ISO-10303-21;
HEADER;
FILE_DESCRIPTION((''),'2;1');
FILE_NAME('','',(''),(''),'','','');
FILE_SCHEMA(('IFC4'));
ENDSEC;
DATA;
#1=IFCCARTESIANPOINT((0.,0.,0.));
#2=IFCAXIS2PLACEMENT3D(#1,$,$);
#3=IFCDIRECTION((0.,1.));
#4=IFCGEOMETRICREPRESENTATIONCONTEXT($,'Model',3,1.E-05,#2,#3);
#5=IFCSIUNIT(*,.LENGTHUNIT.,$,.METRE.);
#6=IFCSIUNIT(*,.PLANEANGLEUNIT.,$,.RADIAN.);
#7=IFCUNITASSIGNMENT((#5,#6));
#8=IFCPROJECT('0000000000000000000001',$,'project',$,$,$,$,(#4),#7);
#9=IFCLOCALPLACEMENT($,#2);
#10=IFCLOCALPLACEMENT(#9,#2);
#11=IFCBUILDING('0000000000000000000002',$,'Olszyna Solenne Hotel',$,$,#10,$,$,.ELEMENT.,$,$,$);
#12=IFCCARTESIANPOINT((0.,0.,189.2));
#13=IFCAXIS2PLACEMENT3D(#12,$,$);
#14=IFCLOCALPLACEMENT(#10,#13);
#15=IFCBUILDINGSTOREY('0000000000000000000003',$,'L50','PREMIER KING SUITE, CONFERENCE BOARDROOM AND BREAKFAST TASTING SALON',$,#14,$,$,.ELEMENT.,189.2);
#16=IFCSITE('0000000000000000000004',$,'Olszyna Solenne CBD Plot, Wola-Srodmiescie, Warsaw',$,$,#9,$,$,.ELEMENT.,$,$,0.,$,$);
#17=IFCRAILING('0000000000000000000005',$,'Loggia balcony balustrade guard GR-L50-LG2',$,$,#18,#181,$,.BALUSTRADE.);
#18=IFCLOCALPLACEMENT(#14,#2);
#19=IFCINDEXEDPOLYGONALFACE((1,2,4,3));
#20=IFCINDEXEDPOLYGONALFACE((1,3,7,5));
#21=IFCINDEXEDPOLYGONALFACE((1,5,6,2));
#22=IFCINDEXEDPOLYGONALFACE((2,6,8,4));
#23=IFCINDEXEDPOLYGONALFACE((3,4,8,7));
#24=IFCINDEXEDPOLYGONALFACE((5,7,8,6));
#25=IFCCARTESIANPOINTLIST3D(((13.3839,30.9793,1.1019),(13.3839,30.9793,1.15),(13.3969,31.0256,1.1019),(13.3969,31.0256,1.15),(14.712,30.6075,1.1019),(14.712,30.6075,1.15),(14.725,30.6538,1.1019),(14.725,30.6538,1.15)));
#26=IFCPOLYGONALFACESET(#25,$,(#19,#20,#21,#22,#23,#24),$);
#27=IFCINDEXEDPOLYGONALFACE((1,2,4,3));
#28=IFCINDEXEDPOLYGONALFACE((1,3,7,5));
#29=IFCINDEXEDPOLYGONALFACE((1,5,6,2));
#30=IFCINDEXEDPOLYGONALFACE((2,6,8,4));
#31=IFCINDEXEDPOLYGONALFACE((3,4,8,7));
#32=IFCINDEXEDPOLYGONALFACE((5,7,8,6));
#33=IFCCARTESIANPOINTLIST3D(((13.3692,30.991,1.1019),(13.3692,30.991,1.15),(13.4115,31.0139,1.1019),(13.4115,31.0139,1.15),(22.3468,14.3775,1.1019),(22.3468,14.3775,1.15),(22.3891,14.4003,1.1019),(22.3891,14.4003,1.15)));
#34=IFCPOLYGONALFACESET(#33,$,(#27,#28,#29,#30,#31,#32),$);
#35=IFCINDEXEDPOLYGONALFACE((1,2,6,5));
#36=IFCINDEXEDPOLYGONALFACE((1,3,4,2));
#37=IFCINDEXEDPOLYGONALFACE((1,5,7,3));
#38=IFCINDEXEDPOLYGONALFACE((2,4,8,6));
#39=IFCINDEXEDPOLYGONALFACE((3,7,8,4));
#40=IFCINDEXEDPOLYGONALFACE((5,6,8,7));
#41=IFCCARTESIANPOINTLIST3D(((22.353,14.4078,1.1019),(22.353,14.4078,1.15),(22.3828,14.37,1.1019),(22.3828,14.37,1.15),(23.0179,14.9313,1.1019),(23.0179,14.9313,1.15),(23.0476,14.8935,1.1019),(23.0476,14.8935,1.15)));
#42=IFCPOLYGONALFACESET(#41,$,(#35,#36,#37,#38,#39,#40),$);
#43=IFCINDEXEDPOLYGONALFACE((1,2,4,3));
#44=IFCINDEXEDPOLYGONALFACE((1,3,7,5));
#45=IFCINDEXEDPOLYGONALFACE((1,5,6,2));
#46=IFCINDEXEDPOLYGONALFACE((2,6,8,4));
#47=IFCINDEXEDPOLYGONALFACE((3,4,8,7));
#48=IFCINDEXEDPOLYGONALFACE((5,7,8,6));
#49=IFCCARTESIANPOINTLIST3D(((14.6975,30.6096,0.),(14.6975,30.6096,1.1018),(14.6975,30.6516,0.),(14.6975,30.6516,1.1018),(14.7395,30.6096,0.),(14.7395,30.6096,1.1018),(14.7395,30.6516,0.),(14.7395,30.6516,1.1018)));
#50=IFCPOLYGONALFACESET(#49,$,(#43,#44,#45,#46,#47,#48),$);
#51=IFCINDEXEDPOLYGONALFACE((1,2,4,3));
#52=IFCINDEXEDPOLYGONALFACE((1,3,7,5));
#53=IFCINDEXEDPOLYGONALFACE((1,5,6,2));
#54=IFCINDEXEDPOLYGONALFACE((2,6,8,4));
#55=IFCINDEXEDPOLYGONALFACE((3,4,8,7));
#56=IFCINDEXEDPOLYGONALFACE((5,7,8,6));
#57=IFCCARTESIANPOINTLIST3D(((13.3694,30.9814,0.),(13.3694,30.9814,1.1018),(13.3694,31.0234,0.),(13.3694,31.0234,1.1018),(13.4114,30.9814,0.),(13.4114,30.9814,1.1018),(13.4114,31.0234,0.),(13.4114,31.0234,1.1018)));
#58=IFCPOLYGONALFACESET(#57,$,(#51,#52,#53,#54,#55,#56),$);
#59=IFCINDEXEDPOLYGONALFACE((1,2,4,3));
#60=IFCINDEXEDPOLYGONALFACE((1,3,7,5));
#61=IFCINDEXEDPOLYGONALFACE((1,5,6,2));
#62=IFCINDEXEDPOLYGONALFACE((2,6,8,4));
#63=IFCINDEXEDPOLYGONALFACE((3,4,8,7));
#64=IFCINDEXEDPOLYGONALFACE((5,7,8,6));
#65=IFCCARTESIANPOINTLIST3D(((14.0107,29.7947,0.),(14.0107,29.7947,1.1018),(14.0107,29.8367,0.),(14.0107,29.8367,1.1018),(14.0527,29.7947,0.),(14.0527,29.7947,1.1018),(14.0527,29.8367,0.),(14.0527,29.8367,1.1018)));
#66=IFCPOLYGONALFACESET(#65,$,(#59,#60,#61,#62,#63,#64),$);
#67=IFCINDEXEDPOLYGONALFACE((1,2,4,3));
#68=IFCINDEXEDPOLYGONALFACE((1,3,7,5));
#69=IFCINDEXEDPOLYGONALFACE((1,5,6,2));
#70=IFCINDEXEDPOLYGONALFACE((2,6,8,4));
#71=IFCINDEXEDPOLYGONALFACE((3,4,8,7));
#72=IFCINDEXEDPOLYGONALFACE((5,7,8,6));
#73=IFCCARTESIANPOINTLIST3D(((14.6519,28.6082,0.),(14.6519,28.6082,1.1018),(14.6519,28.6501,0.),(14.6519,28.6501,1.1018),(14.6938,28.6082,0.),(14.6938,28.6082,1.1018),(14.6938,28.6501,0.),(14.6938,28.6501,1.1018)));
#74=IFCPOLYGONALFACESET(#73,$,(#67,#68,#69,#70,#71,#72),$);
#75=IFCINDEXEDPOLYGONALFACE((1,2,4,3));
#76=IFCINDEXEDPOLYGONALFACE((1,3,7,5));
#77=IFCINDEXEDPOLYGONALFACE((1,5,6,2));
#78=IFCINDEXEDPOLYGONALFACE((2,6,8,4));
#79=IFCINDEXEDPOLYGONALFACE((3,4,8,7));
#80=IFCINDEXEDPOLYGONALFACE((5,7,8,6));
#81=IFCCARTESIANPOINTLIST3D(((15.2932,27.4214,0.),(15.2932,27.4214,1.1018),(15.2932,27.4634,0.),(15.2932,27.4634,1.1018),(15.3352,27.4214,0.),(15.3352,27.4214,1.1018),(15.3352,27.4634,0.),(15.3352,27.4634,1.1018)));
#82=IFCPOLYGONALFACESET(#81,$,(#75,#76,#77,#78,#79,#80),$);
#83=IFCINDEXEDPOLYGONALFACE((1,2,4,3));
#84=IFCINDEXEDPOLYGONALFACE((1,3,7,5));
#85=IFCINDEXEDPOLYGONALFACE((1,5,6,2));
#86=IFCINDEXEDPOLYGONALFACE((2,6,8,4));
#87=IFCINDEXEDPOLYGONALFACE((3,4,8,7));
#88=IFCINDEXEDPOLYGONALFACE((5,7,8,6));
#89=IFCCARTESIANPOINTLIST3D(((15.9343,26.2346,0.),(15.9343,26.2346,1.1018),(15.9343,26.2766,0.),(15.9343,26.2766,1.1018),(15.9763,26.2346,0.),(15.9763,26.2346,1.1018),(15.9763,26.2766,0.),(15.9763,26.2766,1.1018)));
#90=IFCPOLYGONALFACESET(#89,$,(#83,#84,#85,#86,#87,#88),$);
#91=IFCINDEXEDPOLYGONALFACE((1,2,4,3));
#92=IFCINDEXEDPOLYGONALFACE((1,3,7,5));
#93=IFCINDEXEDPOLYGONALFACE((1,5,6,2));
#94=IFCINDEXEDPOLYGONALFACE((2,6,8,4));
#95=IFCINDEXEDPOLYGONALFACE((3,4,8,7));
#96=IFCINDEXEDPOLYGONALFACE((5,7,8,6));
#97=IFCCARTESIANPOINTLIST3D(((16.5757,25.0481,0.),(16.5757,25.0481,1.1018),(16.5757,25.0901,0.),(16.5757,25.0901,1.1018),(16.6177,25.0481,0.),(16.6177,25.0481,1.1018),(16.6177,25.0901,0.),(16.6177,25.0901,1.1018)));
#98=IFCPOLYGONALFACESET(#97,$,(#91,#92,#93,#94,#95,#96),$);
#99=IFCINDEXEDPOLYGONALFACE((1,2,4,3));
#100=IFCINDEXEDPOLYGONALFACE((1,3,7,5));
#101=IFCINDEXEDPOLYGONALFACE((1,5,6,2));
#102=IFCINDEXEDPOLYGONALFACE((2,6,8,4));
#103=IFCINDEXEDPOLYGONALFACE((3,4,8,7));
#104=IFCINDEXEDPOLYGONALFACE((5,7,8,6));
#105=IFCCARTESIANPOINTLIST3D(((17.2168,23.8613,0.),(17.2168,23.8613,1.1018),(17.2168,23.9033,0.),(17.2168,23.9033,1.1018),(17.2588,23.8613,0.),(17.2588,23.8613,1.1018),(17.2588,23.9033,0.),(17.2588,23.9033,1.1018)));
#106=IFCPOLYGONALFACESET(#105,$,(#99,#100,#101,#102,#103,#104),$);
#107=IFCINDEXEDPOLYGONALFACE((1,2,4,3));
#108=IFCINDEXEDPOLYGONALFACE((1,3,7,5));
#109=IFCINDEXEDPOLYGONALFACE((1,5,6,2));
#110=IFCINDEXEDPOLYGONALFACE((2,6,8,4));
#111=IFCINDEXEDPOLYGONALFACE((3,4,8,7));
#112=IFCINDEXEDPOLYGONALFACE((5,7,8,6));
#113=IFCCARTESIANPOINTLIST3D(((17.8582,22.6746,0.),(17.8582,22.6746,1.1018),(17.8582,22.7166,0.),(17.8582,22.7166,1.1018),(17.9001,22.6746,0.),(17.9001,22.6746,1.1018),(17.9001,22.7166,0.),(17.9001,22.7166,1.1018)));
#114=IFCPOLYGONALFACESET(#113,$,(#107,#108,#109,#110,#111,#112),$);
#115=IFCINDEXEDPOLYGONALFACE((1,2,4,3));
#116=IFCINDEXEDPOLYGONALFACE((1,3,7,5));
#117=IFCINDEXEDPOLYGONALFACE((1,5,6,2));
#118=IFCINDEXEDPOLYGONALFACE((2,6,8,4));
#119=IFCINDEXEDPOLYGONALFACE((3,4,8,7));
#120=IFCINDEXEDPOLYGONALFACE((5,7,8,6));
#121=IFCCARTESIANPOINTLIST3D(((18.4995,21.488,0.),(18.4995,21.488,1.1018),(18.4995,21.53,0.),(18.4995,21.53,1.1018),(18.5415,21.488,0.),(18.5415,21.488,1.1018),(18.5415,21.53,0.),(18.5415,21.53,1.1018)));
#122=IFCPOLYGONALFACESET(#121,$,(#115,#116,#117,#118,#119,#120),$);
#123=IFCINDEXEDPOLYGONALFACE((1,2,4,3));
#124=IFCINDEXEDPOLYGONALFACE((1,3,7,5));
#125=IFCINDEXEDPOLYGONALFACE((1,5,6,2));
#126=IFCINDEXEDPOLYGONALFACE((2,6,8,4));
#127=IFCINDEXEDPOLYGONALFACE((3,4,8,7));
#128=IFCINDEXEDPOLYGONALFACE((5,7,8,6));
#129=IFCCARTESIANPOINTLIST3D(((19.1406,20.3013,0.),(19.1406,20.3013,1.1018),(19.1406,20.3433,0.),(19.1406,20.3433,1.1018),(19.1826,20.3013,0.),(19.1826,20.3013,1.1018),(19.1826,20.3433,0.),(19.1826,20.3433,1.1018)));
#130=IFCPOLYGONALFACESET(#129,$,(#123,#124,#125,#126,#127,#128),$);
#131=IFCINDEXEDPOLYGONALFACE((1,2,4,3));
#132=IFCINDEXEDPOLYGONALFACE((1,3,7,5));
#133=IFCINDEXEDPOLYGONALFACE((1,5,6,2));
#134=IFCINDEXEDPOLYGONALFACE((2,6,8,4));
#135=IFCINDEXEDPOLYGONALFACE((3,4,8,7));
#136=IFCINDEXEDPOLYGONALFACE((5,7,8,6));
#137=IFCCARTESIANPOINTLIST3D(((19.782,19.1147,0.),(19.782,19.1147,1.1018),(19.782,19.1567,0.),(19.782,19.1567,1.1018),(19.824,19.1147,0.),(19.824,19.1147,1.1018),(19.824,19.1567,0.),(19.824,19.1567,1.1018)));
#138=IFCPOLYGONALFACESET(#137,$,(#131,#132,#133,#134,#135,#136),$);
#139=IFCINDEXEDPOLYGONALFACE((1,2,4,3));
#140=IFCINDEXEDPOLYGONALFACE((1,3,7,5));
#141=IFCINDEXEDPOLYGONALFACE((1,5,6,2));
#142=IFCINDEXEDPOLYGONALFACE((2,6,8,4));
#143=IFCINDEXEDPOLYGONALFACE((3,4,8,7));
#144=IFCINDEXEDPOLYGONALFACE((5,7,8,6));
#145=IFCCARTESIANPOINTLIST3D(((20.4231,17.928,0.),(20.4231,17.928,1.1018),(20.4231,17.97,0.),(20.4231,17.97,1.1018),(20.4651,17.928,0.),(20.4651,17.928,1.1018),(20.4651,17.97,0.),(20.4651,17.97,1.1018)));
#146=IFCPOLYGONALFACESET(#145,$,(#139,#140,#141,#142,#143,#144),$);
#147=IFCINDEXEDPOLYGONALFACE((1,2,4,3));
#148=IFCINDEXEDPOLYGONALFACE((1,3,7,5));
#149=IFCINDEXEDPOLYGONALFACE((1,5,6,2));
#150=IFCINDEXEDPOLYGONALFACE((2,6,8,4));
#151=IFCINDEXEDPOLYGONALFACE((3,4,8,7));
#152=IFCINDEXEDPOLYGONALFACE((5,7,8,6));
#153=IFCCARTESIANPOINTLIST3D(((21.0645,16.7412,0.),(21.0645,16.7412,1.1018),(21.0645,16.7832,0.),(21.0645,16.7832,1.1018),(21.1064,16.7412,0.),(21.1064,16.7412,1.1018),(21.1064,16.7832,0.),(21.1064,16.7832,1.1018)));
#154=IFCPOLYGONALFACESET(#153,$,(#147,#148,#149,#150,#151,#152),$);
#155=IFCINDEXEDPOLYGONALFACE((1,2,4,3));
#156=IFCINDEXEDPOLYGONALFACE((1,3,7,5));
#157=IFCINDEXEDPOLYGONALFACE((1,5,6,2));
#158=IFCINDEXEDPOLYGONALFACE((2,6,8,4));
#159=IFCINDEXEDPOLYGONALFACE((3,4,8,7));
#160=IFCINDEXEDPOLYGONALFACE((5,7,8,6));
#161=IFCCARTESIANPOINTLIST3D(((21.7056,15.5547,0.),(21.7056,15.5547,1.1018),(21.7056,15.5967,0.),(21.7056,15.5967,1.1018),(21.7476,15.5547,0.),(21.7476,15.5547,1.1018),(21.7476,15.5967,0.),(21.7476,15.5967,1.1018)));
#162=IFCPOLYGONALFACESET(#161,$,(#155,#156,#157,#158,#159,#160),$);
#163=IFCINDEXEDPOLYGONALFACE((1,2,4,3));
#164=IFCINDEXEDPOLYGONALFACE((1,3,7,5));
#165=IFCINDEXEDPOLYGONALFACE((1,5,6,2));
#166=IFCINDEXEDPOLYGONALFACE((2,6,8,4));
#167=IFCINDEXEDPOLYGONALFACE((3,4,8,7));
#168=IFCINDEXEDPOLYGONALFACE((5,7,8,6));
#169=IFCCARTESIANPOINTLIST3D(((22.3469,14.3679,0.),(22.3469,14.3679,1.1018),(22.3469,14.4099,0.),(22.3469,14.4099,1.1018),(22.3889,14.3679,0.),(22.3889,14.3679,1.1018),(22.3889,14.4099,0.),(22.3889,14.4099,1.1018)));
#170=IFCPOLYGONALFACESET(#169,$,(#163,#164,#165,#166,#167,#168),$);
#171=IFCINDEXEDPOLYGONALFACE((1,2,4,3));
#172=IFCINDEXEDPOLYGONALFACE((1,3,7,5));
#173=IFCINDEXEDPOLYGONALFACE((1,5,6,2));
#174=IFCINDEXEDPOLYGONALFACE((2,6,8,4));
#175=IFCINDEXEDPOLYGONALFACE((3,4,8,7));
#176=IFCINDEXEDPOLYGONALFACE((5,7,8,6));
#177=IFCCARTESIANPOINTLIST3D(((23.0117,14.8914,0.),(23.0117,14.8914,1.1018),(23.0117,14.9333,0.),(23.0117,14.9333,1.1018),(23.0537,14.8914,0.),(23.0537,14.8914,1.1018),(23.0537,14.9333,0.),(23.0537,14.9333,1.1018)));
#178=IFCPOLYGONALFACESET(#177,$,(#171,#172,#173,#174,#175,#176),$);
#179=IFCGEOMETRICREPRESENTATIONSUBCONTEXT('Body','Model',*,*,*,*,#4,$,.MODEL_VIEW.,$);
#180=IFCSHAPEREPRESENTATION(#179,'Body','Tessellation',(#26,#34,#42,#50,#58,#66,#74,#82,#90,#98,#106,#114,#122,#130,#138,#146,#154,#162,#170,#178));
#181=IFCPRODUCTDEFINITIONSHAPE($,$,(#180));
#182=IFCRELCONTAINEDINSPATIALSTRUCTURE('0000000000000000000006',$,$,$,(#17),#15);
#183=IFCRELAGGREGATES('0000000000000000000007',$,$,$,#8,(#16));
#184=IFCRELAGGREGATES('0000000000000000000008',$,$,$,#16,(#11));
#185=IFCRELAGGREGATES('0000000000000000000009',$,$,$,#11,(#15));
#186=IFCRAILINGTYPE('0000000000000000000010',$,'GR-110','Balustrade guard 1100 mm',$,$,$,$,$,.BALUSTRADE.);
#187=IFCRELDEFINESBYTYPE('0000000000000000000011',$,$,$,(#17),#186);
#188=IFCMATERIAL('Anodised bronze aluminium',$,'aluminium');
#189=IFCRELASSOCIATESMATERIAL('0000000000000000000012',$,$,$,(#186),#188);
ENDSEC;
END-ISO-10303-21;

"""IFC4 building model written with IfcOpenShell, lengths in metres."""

from ifc_helpers import new_model, si_unit, direction, frame, origin, origin_2d, place, context, subcontext, project, spatial, rectangle, extrude, material, type_object, element, save


model = new_model("IFC4")

# Units and contexts
model_context = context("Model", 3, precision=1e-05, world=origin(), true_north=direction((0.0, 1.0)))
body_context = subcontext(model_context, "Body", "Model", "MODEL_VIEW")
ifc_project = project(units=[si_unit("LENGTHUNIT", "METRE"), si_unit("PLANEANGLEUNIT", "RADIAN")], contexts=[model_context])

# Site, building, storey
site_placement = place(None, origin())
site = spatial("IfcSite", under=ifc_project, at=site_placement, Name="Olszyna Solenne CBD Plot, Wola-Srodmiescie, Warsaw", CompositionType="ELEMENT", RefElevation=0.0)
building_placement = place(site_placement, origin())
building = spatial("IfcBuilding", under=site, at=building_placement, Name="Olszyna Solenne Hotel", CompositionType="ELEMENT")
storey_placement = place(building_placement, frame((0.0, 0.0, 189.2)))
storey = spatial("IfcBuildingStorey", under=building, at=storey_placement, Name="L50", Description="PREMIER KING SUITE, CONFERENCE BOARDROOM AND BREAKFAST TASTING SALON", CompositionType="ELEMENT", Elevation=189.2)

# Railing
ifc_material_1 = material(Name="Anodised bronze aluminium", Category="aluminium")
railing_type = type_object("IfcRailingType", Name="GR-110", Description="Balustrade guard 1100 mm", PredefinedType="BALUSTRADE", material=ifc_material_1)
railing_placement = place(storey_placement, frame((14.7185, 30.6306, 0.0)))
element("IfcRailing", 1, at=railing_placement, inside=storey, type_object=railing_type, Name="Loggia balcony balustrade guard GR-L50-LG2", PredefinedType="BALUSTRADE", context=body_context, shape_type="SweptSolid", body=[
    extrude(rectangle(XDim=0.0481, YDim=0.0481, at=origin_2d()), frame((0.0, 0.0, 1.126), z_axis=(-0.962973, 0.269597, 0.0), x_axis=(-0.269597, -0.962973, 0.0)), (0.0, 0.0, 1.0), 1.3792),
    extrude(rectangle(XDim=0.0481, YDim=0.0481, at=origin_2d()), frame((-1.3281, 0.3718, 1.126), z_axis=(0.475405, -0.879767, 0.0), x_axis=(0.879767, 0.475405, 0.0)), (0.0, 0.0, 1.0), 18.884),
    extrude(rectangle(XDim=0.0481, YDim=0.0481, at=origin_2d()), frame((7.6494, -16.2417, 1.126), z_axis=(0.785687, 0.618624, 0.0), x_axis=(-0.618624, 0.785687, 0.0)), (0.0, 0.0, 1.0), 0.8462),
    extrude(rectangle(XDim=0.042, YDim=0.042, at=origin_2d()), origin(), (0.0, 0.0, 1.0), 1.1018),
    extrude(rectangle(XDim=0.042, YDim=0.042, at=origin_2d()), frame((-1.3281, 0.3718, 0.0)), (0.0, 0.0, 1.0), 1.1018),
    extrude(rectangle(XDim=0.042, YDim=0.042, at=origin_2d()), frame((-0.6868, -0.8149, 0.0)), (0.0, 0.0, 1.0), 1.1018),
    extrude(rectangle(XDim=0.042, YDim=0.042, at=origin_2d()), frame((-0.0457, -2.0015, 0.0)), (0.0, 0.0, 1.0), 1.1018),
    extrude(rectangle(XDim=0.042, YDim=0.042, at=origin_2d()), frame((0.5957, -3.1882, 0.0)), (0.0, 0.0, 1.0), 1.1018),
    extrude(rectangle(XDim=0.042, YDim=0.042, at=origin_2d()), frame((1.2368, -4.375, 0.0)), (0.0, 0.0, 1.0), 1.1018),
    extrude(rectangle(XDim=0.042, YDim=0.042, at=origin_2d()), frame((1.8782, -5.5615, 0.0)), (0.0, 0.0, 1.0), 1.1018),
    extrude(rectangle(XDim=0.042, YDim=0.042, at=origin_2d()), frame((2.5193, -6.7483, 0.0)), (0.0, 0.0, 1.0), 1.1018),
    extrude(rectangle(XDim=0.042, YDim=0.042, at=origin_2d()), frame((3.1606, -7.9351, 0.0)), (0.0, 0.0, 1.0), 1.1018),
    extrude(rectangle(XDim=0.042, YDim=0.042, at=origin_2d()), frame((3.802, -9.1216, 0.0)), (0.0, 0.0, 1.0), 1.1018),
    extrude(rectangle(XDim=0.042, YDim=0.042, at=origin_2d()), frame((4.4431, -10.3083, 0.0)), (0.0, 0.0, 1.0), 1.1018),
    extrude(rectangle(XDim=0.042, YDim=0.042, at=origin_2d()), frame((5.0845, -11.4949, 0.0)), (0.0, 0.0, 1.0), 1.1018),
    extrude(rectangle(XDim=0.042, YDim=0.042, at=origin_2d()), frame((5.7256, -12.6816, 0.0)), (0.0, 0.0, 1.0), 1.1018),
    extrude(rectangle(XDim=0.042, YDim=0.042, at=origin_2d()), frame((6.3669, -13.8684, 0.0)), (0.0, 0.0, 1.0), 1.1018),
    extrude(rectangle(XDim=0.042, YDim=0.042, at=origin_2d()), frame((7.0081, -15.0549, 0.0)), (0.0, 0.0, 1.0), 1.1018),
    extrude(rectangle(XDim=0.042, YDim=0.042, at=origin_2d()), frame((7.6494, -16.2417, 0.0)), (0.0, 0.0, 1.0), 1.1018),
    extrude(rectangle(XDim=0.042, YDim=0.042, at=origin_2d()), frame((8.3142, -15.7183, 0.0)), (0.0, 0.0, 1.0), 1.1018),
])

save(model, "model.ifc")
